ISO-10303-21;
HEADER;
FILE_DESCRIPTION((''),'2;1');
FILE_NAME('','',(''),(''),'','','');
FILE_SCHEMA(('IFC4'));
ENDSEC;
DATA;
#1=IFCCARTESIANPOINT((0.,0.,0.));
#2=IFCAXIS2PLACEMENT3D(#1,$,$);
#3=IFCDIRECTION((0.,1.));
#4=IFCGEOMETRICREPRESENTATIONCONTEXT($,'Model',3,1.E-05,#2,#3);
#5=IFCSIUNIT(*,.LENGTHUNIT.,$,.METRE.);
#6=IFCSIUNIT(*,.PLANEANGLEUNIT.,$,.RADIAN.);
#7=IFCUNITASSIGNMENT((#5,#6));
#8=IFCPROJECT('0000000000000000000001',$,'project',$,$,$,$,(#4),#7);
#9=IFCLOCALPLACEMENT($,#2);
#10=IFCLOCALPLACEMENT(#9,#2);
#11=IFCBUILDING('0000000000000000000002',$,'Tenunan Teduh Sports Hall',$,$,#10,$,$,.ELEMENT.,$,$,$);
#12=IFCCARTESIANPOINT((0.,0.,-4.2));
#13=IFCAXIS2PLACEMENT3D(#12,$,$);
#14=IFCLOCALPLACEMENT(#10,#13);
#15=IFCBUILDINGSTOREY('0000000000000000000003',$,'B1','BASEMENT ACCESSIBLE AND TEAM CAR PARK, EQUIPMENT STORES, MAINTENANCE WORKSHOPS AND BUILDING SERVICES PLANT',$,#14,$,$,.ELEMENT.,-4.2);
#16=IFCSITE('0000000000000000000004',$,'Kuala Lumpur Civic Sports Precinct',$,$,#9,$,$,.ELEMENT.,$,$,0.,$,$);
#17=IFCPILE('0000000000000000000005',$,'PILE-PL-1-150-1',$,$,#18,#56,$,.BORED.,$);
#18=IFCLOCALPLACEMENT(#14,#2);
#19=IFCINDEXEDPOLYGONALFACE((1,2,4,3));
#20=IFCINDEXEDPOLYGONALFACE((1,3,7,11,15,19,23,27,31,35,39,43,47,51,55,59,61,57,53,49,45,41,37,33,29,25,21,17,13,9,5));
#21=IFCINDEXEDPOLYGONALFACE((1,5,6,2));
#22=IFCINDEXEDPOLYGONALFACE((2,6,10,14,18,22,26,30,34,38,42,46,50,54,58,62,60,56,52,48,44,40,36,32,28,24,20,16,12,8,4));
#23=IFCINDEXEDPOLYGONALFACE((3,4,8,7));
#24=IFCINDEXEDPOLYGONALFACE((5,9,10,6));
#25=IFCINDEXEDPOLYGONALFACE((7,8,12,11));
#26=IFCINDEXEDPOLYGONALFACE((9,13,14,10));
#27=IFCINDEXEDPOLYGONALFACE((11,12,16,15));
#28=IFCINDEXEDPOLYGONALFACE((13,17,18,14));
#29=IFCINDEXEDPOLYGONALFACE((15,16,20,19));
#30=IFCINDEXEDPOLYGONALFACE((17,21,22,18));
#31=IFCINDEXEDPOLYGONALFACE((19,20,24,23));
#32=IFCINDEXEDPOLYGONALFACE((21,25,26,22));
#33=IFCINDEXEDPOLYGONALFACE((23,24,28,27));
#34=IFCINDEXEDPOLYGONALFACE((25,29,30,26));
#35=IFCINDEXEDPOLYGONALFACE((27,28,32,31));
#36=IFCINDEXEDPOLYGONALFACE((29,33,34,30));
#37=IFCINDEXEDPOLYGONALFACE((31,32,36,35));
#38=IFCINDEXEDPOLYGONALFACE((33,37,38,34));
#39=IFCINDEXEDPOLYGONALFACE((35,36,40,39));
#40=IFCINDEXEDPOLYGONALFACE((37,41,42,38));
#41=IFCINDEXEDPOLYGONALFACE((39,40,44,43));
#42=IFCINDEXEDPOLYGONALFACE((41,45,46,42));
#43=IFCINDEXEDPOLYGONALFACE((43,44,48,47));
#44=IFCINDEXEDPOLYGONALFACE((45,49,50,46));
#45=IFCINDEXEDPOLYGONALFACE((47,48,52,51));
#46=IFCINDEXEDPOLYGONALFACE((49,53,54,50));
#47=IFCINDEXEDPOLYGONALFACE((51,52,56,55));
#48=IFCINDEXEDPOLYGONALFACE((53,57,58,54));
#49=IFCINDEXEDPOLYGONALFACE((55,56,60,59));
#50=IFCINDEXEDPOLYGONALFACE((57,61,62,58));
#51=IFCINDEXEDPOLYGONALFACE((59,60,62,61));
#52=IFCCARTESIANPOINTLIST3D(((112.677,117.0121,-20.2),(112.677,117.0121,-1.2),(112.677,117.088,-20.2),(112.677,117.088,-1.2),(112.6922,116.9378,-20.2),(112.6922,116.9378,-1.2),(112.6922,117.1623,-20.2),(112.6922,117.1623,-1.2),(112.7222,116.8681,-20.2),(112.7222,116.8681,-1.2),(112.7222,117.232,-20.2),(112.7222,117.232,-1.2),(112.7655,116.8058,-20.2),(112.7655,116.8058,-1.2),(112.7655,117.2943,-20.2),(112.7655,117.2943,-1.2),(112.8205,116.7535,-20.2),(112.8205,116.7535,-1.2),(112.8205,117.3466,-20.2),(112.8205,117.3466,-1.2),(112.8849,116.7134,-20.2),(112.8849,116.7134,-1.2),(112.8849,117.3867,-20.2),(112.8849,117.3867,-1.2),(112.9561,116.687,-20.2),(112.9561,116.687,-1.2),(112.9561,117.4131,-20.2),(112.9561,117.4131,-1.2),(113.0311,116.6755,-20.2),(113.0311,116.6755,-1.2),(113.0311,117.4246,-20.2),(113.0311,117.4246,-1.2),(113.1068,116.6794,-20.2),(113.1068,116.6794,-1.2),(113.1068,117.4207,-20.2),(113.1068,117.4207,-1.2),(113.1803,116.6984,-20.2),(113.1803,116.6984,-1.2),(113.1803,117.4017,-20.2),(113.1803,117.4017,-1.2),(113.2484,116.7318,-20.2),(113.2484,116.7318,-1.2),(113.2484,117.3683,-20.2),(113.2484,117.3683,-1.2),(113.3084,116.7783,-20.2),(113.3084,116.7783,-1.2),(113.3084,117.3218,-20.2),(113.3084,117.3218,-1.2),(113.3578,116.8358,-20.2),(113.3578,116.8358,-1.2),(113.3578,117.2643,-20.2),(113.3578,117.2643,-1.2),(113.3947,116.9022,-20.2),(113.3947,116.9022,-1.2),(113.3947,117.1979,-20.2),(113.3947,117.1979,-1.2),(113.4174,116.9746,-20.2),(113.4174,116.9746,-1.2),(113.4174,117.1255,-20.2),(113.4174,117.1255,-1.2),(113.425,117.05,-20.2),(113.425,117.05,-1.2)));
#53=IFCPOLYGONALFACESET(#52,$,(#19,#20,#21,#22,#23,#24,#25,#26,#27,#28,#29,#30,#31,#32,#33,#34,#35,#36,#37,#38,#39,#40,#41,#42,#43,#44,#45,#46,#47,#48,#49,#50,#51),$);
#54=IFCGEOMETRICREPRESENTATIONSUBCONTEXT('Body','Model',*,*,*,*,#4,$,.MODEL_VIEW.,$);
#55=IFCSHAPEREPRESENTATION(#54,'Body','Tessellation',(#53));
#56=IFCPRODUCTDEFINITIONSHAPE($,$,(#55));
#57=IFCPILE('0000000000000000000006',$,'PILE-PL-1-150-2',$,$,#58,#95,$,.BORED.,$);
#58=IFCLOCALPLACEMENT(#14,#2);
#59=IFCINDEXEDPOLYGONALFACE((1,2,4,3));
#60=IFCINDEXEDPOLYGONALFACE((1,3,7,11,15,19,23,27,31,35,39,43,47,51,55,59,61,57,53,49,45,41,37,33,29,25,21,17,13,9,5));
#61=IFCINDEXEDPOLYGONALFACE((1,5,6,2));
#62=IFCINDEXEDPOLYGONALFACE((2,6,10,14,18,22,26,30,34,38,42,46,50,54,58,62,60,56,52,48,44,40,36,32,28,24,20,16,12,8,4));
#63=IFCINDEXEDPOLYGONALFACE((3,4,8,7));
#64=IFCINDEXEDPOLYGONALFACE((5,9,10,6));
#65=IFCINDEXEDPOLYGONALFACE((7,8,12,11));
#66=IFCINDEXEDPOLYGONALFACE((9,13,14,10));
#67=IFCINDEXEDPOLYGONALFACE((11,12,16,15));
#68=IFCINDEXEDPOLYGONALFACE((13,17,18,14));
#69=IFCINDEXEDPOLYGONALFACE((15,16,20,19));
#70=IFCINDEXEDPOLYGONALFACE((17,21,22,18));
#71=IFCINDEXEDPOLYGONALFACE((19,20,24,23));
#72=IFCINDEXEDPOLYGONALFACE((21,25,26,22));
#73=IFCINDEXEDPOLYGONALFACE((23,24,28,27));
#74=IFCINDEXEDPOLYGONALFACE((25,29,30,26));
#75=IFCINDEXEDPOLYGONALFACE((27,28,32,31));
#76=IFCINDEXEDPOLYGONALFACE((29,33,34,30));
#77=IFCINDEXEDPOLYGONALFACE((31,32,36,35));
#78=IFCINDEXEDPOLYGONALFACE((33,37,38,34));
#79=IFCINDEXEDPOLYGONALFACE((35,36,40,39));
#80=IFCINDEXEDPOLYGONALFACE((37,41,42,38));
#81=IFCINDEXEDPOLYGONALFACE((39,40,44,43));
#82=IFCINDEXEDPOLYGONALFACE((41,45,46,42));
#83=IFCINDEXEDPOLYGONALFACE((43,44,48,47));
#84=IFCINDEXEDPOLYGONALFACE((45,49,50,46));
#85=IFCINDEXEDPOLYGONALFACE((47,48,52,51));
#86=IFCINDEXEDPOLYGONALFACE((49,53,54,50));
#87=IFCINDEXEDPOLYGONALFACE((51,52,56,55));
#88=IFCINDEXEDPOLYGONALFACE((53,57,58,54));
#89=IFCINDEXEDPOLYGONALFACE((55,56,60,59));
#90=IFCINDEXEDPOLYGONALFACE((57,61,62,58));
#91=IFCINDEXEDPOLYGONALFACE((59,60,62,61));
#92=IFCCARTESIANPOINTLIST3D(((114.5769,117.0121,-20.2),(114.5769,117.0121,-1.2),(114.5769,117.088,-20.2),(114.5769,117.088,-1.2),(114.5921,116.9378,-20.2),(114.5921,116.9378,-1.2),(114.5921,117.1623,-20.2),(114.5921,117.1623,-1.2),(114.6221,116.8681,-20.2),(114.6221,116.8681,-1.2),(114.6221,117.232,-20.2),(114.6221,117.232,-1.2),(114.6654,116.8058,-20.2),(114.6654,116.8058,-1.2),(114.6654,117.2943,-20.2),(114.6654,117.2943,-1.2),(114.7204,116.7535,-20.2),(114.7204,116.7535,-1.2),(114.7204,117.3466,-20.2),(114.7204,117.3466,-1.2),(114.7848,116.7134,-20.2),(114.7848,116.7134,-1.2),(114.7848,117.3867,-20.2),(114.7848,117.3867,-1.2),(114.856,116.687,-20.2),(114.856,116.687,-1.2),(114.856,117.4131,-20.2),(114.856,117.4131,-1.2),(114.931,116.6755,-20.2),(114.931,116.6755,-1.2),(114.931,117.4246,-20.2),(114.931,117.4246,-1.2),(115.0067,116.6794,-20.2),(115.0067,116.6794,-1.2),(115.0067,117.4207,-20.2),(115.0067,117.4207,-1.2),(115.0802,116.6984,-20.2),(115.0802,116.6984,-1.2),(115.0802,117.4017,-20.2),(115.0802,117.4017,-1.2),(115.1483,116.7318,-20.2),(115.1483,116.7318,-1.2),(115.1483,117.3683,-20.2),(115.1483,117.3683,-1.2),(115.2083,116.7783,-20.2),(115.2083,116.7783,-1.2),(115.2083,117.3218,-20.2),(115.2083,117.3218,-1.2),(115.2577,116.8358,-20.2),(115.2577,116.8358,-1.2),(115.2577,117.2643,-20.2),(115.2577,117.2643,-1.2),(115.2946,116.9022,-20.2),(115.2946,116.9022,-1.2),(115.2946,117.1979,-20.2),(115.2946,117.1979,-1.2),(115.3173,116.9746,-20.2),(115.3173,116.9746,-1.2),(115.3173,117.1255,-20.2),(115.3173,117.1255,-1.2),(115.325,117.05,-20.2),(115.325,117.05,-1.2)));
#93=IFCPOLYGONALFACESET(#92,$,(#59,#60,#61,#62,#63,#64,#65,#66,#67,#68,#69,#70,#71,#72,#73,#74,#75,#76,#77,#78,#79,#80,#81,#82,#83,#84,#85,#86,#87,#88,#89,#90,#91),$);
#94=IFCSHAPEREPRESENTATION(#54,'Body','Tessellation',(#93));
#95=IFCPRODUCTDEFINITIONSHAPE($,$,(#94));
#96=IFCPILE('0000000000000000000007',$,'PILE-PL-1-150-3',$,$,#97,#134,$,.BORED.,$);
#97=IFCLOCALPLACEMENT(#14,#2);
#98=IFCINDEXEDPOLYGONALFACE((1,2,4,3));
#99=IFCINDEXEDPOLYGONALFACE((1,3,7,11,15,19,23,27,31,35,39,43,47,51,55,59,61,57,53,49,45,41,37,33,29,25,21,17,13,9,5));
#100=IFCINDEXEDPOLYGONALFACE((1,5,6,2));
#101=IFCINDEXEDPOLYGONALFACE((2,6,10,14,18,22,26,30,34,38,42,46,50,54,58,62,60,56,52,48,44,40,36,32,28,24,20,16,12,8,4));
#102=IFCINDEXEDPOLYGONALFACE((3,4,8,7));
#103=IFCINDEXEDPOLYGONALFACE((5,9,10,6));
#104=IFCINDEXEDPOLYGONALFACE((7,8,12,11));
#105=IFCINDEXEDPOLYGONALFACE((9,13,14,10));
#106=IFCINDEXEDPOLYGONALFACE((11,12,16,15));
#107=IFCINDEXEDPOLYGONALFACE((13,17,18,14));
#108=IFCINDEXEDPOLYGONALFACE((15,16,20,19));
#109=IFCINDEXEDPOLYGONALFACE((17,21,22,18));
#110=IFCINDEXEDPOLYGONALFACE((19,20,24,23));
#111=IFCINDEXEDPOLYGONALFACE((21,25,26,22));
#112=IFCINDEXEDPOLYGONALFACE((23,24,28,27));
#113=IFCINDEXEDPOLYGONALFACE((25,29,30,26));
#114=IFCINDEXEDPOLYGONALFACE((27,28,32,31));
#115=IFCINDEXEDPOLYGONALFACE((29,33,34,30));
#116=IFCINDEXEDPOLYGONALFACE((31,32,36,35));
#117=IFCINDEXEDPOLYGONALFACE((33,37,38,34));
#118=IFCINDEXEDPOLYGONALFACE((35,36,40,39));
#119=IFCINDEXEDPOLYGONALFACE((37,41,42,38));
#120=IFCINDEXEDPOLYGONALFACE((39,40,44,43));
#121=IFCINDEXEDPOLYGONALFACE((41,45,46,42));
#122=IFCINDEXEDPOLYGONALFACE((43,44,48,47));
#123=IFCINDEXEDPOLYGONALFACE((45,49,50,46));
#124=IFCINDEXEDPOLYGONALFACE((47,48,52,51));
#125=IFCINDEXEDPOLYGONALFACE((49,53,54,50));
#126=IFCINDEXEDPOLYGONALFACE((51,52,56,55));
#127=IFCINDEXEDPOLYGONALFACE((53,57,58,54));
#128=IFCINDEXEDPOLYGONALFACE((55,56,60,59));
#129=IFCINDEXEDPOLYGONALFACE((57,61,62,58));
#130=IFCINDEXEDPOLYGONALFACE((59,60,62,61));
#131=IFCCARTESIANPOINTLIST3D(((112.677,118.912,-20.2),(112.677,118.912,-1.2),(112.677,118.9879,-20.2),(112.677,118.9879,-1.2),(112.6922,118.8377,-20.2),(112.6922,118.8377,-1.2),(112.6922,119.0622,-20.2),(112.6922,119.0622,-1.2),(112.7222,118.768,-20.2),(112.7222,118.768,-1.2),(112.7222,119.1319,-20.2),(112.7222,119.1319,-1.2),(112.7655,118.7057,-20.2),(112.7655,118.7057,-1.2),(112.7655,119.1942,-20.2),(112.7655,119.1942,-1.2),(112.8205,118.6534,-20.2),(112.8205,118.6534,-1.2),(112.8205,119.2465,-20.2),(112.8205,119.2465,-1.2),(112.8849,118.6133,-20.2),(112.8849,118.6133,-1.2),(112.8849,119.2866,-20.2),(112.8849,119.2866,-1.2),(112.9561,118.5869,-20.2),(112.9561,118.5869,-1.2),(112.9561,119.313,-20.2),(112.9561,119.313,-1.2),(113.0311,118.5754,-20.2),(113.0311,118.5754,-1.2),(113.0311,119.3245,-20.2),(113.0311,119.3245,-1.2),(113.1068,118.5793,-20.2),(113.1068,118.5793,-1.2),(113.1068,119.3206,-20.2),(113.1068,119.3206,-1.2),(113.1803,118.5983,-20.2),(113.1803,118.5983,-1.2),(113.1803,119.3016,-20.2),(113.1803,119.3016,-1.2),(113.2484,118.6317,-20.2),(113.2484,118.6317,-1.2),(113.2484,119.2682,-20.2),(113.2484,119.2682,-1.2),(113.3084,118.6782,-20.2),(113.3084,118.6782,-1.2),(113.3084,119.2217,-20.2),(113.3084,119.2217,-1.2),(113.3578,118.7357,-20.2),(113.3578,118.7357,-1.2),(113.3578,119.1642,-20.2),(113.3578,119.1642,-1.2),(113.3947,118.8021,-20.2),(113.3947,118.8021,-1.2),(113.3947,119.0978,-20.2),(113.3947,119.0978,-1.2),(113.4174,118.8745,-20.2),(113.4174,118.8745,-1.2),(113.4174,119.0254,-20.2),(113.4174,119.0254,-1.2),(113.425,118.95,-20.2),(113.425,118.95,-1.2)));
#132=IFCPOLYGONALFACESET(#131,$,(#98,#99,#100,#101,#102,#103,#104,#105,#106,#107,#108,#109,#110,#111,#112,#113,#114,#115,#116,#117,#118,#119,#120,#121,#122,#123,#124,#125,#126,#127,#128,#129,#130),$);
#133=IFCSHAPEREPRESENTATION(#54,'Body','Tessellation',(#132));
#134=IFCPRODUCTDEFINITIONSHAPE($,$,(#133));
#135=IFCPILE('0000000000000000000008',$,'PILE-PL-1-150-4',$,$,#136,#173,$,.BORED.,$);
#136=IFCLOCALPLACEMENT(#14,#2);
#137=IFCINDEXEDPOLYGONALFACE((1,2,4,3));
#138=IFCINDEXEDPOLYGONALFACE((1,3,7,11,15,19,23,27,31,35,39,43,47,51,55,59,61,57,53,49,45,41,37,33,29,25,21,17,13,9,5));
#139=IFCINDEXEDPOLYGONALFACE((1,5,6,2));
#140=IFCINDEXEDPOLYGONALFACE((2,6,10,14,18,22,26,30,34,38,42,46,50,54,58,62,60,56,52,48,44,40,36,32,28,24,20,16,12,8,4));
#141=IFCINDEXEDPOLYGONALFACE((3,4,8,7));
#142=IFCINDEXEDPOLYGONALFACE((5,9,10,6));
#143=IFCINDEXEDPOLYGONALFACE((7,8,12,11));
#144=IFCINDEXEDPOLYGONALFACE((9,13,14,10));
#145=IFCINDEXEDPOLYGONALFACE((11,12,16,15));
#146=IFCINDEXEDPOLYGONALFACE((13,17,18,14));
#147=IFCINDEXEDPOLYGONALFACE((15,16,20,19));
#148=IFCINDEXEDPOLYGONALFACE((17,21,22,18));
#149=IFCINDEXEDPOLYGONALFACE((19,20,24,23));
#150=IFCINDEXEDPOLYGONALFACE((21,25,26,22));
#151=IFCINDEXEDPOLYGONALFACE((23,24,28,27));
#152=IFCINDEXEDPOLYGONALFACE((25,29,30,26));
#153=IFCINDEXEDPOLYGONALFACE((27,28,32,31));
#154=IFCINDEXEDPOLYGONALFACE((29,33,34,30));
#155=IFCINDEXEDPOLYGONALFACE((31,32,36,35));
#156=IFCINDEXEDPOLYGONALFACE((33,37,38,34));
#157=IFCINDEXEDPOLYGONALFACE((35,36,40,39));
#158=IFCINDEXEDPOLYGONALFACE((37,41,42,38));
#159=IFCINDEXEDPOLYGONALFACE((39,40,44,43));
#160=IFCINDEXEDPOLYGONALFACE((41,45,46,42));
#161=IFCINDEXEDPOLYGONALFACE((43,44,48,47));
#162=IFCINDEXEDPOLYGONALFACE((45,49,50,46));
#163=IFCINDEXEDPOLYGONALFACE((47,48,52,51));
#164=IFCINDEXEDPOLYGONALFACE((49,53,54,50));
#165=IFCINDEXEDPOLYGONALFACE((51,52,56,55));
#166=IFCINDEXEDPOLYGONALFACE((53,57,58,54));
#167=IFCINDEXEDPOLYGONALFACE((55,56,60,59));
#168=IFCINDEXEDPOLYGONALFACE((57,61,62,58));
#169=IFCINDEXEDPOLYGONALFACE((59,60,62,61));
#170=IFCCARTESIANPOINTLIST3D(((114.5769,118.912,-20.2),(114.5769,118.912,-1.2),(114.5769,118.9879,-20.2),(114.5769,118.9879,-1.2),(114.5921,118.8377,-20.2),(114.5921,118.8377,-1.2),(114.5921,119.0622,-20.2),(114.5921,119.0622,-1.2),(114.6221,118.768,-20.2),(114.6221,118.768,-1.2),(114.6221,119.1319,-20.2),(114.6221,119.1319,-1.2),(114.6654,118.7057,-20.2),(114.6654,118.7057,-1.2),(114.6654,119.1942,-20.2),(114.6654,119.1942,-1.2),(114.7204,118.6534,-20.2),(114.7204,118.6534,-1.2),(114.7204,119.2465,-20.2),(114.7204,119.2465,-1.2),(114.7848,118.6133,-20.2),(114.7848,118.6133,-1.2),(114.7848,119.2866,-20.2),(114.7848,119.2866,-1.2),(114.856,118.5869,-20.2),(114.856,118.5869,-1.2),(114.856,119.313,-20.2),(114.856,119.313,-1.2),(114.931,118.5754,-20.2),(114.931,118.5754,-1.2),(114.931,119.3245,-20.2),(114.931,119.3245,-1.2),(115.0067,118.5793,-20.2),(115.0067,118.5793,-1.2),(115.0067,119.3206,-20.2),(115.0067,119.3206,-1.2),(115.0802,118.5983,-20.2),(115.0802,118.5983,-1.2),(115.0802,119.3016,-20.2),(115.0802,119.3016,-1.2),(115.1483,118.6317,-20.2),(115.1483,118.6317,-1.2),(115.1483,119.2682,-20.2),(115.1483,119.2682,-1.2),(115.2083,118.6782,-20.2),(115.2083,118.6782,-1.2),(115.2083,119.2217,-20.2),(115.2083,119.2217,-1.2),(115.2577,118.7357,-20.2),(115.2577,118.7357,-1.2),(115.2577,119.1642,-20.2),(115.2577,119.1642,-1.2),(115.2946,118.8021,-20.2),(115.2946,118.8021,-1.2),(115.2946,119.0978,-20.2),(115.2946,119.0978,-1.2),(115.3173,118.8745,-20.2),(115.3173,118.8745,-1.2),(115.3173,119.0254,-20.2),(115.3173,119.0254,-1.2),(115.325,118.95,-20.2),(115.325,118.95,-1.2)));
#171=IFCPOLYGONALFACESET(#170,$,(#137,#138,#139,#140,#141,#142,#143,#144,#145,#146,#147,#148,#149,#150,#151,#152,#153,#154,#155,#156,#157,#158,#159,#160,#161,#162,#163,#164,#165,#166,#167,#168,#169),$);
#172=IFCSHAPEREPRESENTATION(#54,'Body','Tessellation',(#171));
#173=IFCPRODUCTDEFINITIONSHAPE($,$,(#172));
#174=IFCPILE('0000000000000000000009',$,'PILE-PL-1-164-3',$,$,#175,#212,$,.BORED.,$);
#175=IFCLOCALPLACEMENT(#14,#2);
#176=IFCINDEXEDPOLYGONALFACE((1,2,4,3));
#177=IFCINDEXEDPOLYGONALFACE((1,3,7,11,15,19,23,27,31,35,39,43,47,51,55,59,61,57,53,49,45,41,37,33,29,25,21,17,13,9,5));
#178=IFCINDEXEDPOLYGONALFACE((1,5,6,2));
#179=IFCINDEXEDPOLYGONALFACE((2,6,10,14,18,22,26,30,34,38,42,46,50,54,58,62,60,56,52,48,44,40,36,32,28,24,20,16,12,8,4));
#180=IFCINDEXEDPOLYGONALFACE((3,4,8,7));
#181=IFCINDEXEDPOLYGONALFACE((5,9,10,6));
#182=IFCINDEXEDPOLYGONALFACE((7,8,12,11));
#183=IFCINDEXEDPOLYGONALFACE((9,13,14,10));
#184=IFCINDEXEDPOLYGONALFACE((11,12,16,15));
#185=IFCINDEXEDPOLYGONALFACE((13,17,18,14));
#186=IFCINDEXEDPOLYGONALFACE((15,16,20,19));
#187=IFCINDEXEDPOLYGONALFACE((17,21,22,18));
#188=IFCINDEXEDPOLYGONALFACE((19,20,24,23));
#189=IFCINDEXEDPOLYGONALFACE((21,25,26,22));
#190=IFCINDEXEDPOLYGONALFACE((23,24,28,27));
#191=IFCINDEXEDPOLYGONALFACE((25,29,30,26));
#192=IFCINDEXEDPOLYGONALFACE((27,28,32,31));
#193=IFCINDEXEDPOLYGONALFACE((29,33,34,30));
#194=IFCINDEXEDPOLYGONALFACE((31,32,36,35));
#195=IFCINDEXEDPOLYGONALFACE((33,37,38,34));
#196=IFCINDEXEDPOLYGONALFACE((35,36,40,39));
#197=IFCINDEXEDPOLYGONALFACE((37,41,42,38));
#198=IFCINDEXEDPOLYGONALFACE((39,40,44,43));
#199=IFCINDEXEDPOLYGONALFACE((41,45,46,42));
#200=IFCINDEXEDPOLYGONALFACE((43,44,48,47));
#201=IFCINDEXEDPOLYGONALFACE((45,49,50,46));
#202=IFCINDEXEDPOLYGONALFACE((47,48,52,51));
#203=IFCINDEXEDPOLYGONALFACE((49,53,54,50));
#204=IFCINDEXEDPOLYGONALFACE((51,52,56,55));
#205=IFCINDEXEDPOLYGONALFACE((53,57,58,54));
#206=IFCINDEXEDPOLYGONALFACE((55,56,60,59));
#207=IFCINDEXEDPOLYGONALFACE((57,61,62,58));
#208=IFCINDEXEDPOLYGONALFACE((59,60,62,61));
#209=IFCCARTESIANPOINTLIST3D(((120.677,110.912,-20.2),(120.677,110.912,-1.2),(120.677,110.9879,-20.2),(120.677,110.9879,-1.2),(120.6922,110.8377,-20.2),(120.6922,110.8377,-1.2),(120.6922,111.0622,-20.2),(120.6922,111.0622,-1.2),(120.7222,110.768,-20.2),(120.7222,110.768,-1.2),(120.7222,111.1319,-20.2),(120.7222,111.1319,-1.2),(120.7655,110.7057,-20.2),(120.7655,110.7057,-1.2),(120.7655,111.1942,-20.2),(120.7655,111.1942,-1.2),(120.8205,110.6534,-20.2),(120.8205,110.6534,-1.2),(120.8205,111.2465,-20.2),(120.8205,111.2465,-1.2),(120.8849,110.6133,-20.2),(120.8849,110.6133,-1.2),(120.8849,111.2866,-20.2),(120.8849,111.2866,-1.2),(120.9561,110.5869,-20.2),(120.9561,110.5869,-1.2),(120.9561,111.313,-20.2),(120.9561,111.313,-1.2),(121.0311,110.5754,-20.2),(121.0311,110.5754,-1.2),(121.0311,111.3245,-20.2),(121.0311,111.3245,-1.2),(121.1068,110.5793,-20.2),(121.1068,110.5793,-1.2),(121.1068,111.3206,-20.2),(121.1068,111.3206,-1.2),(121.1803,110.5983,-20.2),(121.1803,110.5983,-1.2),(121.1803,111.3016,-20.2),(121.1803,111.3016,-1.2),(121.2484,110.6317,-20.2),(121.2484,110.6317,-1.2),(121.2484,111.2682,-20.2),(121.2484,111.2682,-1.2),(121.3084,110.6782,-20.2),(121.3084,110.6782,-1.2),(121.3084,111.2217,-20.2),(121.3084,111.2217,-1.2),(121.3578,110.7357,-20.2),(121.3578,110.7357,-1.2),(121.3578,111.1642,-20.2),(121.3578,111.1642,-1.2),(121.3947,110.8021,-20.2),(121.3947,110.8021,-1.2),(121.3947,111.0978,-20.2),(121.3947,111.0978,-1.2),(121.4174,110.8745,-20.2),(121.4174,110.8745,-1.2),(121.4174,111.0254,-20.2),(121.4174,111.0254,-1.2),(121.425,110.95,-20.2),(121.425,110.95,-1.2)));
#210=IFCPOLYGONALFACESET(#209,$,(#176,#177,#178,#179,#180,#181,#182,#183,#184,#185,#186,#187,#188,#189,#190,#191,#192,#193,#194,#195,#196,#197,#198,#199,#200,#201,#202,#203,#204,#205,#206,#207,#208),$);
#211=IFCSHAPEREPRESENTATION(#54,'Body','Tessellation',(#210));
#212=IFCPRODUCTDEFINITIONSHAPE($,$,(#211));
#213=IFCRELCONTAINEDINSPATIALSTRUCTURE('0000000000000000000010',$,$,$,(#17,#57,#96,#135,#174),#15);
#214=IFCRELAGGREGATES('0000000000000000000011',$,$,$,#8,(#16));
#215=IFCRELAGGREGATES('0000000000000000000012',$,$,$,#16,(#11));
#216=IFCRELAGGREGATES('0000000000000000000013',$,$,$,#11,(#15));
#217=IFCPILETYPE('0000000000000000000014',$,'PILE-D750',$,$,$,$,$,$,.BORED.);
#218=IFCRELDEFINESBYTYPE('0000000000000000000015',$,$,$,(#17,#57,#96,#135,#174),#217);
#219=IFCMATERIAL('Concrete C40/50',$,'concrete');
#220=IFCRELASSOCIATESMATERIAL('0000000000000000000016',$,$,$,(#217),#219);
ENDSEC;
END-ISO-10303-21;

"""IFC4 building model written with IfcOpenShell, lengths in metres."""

from ifc_helpers import new_model, si_unit, direction, frame, origin, origin_2d, place, context, subcontext, project, spatial, circle, extrude, material, material_profile, profile_set, type_object, element, save


model = new_model("IFC4")

# Units and contexts
model_context = context("Model", 3, precision=1e-05, world=origin(), true_north=direction((0.0, 1.0)))
body_context = subcontext(model_context, "Body", "Model", "MODEL_VIEW")
ifc_project = project(units=[si_unit("LENGTHUNIT", "METRE"), si_unit("PLANEANGLEUNIT", "RADIAN")], contexts=[model_context])

# Site, building, storey
site_placement = place(None, origin())
site = spatial("IfcSite", under=ifc_project, at=site_placement, Name="Kuala Lumpur Civic Sports Precinct", CompositionType="ELEMENT", RefElevation=0.0)
building_placement = place(site_placement, origin())
building = spatial("IfcBuilding", under=site, at=building_placement, Name="Tenunan Teduh Sports Hall", CompositionType="ELEMENT")
storey_placement = place(building_placement, frame((0.0, 0.0, -4.2)))
storey = spatial("IfcBuildingStorey", under=building, at=storey_placement, Name="B1", Description="BASEMENT ACCESSIBLE AND TEAM CAR PARK, EQUIPMENT STORES, MAINTENANCE WORKSHOPS AND BUILDING SERVICES PLANT", CompositionType="ELEMENT", Elevation=-4.2)

# Piles
ifc_material_1 = material(Name="Concrete C40/50", Category="concrete")
ifc_material_profile_1 = material_profile(ifc_material_1, circle(Radius=0.375, at=origin_2d()), Name="PILE D750")
ifc_profile_set_1 = profile_set([ifc_material_profile_1], Name="Concrete C40/50")
pile_type = type_object("IfcPileType", Name="PILE-D750", PredefinedType="BORED", material=ifc_profile_set_1)
for number, where, z_axis, x_axis, name in (
    (1, (113.05, 117.05, -1.2), (0.0, 0.0, -1.0), (1.0, 0.0, 0.0), "PILE-PL-1-150-1"),
    (2, (114.95, 117.05, -1.2), (0.0, 0.0, -1.0), (1.0, 0.0, 0.0), "PILE-PL-1-150-2"),
    (3, (113.05, 118.95, -1.2), (0.0, 0.0, -1.0), (1.0, 0.0, 0.0), "PILE-PL-1-150-3"),
    (4, (114.95, 118.95, -1.2), (0.0, 0.0, -1.0), (1.0, 0.0, 0.0), "PILE-PL-1-150-4"),
    (5, (121.05, 110.95, -1.2), (0.0, 0.0, -1.0), (1.0, 0.0, 0.0), "PILE-PL-1-164-3"),
):
    element("IfcPile", number, at=place(storey_placement, frame(where, z_axis=z_axis, x_axis=x_axis)), inside=storey, type_object=pile_type, Name=name, PredefinedType="BORED", context=body_context, shape_type="SweptSolid", body=[
        extrude(circle(Radius=0.375, at=origin_2d()), origin(), (0.0, 0.0, 1.0), 19.0),
    ])

save(model, "model.ifc")
